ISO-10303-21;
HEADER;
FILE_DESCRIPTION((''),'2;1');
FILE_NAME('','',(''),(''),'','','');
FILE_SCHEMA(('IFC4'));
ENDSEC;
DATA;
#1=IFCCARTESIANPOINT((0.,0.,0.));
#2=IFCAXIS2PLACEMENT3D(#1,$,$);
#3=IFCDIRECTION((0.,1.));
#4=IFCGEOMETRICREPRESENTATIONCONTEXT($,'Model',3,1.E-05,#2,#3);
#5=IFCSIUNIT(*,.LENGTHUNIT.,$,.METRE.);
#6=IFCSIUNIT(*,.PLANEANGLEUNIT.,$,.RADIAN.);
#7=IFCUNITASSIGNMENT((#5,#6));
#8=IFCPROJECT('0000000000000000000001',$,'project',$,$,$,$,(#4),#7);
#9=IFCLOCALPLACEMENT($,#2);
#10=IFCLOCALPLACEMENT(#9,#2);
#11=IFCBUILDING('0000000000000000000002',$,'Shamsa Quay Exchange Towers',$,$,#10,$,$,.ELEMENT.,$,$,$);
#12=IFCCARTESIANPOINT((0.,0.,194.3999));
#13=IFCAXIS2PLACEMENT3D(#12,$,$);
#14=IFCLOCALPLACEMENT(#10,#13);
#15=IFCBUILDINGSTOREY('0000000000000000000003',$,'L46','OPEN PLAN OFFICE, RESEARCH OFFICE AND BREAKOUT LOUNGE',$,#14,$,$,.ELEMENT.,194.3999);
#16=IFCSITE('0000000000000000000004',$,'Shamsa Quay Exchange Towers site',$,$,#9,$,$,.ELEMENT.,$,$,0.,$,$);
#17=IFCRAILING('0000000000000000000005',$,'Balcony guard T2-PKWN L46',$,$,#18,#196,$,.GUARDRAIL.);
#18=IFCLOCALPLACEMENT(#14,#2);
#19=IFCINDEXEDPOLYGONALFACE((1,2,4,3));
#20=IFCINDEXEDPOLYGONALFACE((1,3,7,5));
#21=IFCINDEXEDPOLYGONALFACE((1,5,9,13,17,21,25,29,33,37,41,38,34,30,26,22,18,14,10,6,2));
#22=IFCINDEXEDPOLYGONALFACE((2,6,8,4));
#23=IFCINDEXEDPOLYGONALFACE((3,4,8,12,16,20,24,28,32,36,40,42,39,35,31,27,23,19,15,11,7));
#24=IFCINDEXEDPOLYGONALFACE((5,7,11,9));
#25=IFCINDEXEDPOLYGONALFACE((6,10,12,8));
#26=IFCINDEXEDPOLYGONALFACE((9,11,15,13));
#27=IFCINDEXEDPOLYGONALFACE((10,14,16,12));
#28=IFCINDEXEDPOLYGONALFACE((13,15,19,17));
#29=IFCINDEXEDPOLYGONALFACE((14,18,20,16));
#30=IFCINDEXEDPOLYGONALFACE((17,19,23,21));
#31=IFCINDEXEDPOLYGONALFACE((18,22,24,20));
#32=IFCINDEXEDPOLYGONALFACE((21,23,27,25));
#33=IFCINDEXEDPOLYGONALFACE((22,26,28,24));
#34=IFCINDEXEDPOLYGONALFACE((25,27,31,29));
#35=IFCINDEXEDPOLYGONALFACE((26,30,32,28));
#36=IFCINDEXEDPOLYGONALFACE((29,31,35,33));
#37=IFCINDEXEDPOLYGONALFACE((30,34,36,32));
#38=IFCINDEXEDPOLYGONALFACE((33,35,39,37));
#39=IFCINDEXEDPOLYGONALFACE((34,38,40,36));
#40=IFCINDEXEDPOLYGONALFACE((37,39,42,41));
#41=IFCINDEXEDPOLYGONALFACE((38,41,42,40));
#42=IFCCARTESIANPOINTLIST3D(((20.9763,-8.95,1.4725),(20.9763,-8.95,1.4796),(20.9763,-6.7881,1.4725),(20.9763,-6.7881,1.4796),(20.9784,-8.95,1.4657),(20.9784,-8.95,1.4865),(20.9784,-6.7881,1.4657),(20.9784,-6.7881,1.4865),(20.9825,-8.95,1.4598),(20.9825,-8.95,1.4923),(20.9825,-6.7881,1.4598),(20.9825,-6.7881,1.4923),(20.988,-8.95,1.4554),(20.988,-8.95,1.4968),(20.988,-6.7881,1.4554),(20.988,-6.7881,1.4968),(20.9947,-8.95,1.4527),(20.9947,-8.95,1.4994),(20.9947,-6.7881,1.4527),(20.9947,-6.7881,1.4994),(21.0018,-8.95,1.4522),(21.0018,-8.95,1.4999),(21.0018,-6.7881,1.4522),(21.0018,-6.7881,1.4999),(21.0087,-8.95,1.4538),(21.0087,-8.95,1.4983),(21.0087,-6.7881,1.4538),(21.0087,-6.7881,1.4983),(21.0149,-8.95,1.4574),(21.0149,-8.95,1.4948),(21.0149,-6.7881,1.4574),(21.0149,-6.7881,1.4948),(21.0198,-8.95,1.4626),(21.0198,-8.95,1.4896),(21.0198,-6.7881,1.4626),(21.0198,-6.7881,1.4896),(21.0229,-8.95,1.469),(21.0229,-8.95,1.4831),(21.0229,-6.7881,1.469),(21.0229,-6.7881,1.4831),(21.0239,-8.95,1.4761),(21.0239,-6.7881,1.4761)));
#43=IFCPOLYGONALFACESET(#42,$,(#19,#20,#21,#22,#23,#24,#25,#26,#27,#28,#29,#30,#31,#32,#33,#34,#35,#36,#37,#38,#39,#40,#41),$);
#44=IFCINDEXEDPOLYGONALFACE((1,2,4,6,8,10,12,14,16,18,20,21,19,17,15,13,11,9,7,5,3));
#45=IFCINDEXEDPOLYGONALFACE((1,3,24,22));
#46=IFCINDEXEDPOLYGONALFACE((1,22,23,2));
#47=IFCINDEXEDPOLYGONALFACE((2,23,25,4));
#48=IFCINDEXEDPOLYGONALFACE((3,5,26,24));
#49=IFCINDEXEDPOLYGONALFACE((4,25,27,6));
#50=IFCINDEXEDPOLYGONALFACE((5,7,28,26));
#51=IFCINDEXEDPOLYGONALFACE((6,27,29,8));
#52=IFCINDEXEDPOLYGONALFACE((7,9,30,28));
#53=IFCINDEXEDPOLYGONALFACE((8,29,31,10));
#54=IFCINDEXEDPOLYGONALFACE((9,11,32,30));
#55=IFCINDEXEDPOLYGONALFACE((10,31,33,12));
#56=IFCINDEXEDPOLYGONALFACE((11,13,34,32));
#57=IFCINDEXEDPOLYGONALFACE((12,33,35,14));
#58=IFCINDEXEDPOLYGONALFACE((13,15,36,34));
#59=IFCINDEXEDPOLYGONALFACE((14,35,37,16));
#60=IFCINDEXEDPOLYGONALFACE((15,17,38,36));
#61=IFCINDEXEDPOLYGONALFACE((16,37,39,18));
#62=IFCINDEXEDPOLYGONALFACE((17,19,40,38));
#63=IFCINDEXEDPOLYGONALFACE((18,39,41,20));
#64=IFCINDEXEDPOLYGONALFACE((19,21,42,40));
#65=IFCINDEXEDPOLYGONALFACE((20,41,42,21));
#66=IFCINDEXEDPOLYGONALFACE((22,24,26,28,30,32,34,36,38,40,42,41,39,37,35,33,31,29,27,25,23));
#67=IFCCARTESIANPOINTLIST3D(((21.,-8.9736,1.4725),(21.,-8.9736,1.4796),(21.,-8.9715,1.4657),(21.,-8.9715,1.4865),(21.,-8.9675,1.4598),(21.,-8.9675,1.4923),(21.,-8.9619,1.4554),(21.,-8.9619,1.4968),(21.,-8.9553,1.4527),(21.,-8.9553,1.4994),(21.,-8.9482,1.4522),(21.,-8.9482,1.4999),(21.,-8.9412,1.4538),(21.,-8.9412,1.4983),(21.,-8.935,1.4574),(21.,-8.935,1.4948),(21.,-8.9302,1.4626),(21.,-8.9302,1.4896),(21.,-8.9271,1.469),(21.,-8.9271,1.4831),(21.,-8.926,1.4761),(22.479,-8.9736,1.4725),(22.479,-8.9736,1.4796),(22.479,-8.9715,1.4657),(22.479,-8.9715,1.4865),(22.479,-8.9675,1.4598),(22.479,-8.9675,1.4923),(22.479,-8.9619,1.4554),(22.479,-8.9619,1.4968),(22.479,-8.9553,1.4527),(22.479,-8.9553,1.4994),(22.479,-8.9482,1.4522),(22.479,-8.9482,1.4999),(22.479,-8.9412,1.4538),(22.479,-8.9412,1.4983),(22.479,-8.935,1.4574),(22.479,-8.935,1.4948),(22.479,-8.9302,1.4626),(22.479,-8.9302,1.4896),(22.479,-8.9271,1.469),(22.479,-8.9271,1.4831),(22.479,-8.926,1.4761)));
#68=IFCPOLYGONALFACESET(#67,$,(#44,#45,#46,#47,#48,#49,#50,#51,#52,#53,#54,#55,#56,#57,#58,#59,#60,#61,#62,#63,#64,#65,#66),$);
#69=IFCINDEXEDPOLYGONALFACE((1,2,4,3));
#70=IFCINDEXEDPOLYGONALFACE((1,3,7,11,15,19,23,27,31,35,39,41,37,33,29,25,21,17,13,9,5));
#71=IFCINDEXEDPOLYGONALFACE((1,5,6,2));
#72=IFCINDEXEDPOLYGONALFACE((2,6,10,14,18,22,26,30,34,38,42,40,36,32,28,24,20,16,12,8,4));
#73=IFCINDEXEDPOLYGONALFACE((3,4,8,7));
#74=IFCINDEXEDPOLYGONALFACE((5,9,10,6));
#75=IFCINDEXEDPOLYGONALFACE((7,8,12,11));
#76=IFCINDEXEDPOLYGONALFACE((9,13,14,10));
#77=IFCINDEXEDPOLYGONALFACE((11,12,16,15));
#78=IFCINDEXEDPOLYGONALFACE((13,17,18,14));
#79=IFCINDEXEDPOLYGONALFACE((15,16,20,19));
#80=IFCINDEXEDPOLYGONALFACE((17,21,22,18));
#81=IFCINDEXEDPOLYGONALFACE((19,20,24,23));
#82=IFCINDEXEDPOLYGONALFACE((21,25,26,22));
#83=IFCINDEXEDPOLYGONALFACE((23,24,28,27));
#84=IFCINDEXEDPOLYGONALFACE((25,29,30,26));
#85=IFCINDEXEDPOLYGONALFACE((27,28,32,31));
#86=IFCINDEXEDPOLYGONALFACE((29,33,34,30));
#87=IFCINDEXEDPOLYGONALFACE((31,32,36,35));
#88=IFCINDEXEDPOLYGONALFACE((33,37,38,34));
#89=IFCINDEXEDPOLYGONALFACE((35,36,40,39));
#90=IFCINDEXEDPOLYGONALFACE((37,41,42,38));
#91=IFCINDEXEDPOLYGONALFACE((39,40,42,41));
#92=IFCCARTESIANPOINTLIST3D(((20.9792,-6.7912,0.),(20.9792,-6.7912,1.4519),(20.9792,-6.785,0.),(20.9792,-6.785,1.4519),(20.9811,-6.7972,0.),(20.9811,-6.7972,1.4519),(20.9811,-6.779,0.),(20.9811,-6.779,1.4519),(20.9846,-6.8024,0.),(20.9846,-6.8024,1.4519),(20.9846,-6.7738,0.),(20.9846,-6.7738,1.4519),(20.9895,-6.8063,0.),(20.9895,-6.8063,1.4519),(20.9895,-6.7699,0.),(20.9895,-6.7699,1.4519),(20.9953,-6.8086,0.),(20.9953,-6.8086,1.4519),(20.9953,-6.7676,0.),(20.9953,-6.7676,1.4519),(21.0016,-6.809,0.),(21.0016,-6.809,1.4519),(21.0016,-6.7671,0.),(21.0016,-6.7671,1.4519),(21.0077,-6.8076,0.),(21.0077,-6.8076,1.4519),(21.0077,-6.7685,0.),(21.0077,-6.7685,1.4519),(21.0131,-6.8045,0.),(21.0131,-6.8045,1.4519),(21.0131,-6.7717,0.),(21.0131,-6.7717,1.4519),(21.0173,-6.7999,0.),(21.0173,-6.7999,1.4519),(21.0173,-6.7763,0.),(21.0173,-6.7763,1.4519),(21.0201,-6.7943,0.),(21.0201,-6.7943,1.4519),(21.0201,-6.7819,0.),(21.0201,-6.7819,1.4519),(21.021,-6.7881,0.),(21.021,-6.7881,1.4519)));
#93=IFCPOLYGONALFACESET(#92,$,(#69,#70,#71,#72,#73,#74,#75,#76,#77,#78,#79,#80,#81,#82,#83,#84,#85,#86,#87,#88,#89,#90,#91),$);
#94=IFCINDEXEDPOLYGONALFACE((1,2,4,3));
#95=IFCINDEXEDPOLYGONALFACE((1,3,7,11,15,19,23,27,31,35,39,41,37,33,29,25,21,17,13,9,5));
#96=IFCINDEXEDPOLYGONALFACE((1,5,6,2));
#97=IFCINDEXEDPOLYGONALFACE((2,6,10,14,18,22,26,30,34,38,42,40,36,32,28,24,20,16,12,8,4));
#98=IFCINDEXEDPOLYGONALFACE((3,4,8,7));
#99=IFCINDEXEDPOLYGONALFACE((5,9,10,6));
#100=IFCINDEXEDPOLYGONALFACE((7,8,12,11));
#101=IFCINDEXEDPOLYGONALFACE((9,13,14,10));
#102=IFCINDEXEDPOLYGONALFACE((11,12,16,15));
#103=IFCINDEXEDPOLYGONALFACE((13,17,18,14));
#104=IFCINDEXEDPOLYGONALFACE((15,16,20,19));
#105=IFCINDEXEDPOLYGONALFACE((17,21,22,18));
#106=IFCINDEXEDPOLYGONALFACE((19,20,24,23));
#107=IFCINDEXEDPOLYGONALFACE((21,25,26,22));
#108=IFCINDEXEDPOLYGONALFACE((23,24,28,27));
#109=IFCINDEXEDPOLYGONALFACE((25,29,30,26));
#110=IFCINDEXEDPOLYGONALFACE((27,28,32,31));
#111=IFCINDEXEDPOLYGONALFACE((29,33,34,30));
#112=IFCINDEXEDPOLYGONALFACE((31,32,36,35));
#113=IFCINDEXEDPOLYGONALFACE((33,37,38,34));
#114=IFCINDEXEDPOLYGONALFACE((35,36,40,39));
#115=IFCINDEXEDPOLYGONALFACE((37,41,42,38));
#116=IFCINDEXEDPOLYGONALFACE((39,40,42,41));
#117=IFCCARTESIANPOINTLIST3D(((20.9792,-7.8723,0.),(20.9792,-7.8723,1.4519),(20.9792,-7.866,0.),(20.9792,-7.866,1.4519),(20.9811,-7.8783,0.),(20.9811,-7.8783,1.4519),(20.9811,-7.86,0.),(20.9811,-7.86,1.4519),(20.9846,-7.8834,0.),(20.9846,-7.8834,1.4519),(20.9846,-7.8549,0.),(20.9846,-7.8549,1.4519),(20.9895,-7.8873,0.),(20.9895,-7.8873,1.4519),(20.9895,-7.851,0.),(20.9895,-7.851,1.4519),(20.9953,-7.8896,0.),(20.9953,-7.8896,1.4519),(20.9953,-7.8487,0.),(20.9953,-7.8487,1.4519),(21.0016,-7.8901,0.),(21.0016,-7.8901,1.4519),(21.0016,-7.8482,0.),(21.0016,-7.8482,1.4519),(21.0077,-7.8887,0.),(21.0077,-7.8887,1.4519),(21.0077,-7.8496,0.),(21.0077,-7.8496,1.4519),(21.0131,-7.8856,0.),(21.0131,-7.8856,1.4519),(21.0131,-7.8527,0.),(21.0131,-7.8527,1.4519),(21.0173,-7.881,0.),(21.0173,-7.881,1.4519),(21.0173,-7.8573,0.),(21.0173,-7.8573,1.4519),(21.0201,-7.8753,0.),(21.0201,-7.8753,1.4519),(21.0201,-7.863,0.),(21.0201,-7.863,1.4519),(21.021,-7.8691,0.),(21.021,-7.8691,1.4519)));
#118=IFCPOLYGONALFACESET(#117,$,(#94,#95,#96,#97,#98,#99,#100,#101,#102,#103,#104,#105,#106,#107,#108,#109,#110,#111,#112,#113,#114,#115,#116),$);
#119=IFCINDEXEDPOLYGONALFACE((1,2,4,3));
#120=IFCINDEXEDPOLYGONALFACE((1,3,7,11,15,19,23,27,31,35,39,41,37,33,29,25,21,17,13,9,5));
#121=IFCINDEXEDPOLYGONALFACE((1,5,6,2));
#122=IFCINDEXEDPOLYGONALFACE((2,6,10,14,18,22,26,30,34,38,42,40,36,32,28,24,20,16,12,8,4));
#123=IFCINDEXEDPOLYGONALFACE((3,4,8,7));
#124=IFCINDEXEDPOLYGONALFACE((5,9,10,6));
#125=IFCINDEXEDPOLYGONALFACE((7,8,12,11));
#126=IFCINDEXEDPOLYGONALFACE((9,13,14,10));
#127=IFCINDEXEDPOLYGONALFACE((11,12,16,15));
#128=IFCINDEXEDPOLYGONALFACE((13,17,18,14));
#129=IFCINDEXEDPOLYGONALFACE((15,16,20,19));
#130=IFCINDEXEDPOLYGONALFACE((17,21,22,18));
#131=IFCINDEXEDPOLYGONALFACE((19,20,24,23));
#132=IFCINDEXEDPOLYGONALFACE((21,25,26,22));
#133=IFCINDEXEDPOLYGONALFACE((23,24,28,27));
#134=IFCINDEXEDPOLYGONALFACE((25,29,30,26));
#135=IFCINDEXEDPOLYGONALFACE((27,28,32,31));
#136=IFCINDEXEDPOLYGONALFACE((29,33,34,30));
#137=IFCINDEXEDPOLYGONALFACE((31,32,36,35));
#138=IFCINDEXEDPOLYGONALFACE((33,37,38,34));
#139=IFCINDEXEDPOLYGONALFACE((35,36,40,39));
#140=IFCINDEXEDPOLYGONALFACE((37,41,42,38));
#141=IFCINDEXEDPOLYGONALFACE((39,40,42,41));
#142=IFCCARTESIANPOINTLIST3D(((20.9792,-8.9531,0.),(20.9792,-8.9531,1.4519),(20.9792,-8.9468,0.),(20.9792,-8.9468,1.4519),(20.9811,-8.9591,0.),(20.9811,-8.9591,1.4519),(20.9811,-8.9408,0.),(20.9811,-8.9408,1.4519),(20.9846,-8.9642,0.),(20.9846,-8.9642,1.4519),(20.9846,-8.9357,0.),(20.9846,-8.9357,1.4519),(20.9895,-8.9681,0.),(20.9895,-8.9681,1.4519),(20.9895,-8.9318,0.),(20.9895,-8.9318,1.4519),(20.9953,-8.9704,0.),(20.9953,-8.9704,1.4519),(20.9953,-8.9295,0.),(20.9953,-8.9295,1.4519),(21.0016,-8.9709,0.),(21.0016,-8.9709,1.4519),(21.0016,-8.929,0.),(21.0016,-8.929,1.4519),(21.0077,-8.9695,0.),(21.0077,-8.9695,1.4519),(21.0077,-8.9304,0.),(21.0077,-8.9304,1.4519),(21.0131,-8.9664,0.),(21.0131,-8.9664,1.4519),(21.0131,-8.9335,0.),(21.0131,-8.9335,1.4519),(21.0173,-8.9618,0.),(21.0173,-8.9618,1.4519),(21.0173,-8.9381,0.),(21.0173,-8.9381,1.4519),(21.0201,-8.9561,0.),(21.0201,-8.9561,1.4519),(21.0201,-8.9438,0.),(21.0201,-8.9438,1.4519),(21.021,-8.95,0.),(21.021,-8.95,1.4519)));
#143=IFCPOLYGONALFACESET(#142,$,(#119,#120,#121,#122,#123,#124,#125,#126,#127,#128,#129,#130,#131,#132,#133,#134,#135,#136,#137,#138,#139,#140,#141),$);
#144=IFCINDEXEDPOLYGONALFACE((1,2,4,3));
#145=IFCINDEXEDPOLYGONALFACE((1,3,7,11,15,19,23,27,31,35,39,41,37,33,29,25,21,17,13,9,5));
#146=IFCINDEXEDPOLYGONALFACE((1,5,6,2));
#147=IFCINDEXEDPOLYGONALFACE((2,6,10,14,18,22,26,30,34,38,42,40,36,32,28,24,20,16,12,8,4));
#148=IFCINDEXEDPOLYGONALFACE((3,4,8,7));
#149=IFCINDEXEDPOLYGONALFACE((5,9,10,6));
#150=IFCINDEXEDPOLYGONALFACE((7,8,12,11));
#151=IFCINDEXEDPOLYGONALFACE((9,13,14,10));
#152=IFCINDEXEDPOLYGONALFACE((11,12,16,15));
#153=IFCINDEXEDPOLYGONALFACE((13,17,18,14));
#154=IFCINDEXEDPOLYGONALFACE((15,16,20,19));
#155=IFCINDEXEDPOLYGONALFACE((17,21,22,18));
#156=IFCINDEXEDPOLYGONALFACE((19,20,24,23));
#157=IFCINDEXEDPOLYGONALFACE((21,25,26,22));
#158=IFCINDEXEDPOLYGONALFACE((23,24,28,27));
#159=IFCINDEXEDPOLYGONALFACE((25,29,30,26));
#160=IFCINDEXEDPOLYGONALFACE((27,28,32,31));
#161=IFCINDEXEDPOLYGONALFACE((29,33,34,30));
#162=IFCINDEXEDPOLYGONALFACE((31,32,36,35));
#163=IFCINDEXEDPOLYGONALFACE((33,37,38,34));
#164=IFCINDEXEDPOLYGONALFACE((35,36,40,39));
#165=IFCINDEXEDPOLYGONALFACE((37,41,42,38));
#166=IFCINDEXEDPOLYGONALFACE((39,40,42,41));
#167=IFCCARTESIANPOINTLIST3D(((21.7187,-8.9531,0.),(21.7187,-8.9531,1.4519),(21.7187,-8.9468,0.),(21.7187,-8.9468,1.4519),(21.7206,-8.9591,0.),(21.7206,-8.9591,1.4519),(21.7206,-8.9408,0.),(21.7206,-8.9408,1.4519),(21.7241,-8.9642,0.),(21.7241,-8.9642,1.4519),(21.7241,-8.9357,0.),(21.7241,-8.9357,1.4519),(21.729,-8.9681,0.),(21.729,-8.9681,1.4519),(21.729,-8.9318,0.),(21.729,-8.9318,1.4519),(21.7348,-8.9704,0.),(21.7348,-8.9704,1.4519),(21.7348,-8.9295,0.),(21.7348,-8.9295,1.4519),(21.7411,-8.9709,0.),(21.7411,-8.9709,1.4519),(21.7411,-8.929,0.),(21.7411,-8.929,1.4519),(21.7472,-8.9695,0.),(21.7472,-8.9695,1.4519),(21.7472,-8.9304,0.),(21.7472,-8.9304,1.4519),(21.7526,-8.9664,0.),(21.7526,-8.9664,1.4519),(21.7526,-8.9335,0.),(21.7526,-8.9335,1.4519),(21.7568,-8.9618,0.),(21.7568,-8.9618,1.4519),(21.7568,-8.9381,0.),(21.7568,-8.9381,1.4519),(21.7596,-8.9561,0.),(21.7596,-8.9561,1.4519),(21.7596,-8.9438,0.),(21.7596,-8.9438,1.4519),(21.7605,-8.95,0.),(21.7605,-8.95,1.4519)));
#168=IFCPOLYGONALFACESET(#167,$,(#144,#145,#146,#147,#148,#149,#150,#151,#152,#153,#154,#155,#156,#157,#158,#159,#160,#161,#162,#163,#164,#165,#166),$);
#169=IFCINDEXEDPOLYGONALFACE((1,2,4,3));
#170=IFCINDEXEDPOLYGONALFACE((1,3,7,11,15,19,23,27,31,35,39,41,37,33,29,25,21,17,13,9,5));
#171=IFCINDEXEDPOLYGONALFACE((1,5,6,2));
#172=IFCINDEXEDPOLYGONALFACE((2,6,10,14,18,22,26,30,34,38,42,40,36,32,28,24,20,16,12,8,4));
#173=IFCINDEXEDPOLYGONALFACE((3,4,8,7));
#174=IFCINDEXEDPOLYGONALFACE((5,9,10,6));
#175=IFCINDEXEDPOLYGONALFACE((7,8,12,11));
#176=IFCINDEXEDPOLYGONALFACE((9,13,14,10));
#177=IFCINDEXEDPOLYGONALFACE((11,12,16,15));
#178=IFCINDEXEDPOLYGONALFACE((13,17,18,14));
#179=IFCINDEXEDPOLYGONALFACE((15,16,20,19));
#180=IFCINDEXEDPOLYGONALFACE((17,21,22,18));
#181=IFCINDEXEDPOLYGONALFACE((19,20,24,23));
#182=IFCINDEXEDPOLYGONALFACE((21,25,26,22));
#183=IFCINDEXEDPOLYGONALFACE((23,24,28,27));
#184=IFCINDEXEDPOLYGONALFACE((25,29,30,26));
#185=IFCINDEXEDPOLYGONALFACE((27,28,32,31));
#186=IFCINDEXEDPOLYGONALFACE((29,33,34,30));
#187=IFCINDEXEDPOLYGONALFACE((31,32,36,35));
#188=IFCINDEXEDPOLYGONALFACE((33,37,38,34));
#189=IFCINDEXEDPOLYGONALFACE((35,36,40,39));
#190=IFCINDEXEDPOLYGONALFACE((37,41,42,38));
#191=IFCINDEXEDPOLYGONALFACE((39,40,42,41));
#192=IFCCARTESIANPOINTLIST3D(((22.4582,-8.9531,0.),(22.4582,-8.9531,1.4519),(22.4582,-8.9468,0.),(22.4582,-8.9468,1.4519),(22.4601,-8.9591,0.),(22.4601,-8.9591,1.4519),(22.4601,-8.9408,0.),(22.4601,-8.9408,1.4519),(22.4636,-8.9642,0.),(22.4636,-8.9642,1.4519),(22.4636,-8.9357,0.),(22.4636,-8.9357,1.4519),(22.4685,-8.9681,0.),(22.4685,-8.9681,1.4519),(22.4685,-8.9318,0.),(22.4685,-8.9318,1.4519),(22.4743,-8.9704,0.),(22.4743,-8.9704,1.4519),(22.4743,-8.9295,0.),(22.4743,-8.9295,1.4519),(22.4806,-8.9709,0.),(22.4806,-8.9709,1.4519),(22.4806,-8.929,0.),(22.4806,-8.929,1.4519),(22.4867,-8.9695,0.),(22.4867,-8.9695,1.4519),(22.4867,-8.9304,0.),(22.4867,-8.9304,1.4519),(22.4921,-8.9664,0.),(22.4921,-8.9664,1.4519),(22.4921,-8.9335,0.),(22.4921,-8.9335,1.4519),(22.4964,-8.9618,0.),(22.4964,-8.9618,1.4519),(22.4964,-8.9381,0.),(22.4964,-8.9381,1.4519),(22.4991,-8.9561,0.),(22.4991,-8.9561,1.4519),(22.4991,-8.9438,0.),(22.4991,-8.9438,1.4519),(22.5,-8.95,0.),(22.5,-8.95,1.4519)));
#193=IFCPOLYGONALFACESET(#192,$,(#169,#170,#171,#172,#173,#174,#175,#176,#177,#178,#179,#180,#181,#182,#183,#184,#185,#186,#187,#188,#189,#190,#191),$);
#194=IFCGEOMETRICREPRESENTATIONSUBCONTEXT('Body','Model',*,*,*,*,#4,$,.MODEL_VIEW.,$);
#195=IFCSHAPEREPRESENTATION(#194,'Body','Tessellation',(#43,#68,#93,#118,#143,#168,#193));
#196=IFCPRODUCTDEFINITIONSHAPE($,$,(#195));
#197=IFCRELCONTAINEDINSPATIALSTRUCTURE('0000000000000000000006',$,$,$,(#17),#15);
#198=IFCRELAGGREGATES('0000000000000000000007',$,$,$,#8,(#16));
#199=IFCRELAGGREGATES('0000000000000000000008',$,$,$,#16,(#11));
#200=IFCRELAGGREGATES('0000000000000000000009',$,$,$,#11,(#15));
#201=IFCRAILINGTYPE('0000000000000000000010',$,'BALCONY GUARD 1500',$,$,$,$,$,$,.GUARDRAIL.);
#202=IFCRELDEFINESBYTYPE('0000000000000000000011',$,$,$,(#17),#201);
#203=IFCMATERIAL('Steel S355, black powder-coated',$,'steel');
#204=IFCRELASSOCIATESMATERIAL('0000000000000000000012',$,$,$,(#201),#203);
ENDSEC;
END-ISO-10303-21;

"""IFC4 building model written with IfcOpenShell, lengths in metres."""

from ifc_helpers import new_model, si_unit, direction, frame, origin, origin_2d, place, context, subcontext, project, spatial, circle, extrude, material, type_object, element, save


model = new_model("IFC4")

# Units and contexts
model_context = context("Model", 3, precision=1e-05, world=origin(), true_north=direction((0.0, 1.0)))
body_context = subcontext(model_context, "Body", "Model", "MODEL_VIEW")
ifc_project = project(units=[si_unit("LENGTHUNIT", "METRE"), si_unit("PLANEANGLEUNIT", "RADIAN")], contexts=[model_context])

# Site, building, storey
site_placement = place(None, origin())
site = spatial("IfcSite", under=ifc_project, at=site_placement, Name="Shamsa Quay Exchange Towers site", CompositionType="ELEMENT", RefElevation=0.0)
building_placement = place(site_placement, origin())
building = spatial("IfcBuilding", under=site, at=building_placement, Name="Shamsa Quay Exchange Towers", CompositionType="ELEMENT")
storey_placement = place(building_placement, frame((0.0, 0.0, 194.3999)))
storey = spatial("IfcBuildingStorey", under=building, at=storey_placement, Name="L46", Description="OPEN PLAN OFFICE, RESEARCH OFFICE AND BREAKOUT LOUNGE", CompositionType="ELEMENT", Elevation=194.3999)

# Railing
ifc_material_1 = material(Name="Steel S355, black powder-coated", Category="steel")
railing_type = type_object("IfcRailingType", Name="BALCONY GUARD 1500", PredefinedType="GUARDRAIL", material=ifc_material_1)
for number, where, name in (
    (1, (21.0, -6.7881, 0.0), "Balcony guard T2-PKWN L46"),
):
    element("IfcRailing", number, at=place(storey_placement, frame(where)), inside=storey, type_object=railing_type, Name=name, PredefinedType="GUARDRAIL", context=body_context, shape_type="SweptSolid", body=[
        extrude(circle(Radius=0.0239, at=origin_2d()), frame((0.0, 0.0, 1.4761), z_axis=(0.0, -1.0, 0.0), x_axis=(1.0, 0.0, 0.0)), (0.0, 0.0, 1.0), 2.1619),
        extrude(circle(Radius=0.0239, at=origin_2d()), frame((0.0, -2.1619, 1.4761), z_axis=(1.0, 0.0, 0.0), x_axis=(0.0, 1.0, 0.0)), (0.0, 0.0, 1.0), 1.479),
        extrude(circle(Radius=0.021, at=origin_2d()), origin(), (0.0, 0.0, 1.0), 1.4519),
        extrude(circle(Radius=0.021, at=origin_2d()), frame((0.0, -1.0811, 0.0)), (0.0, 0.0, 1.0), 1.4519),
        extrude(circle(Radius=0.021, at=origin_2d()), frame((0.0, -2.1619, 0.0)), (0.0, 0.0, 1.0), 1.4519),
        extrude(circle(Radius=0.021, at=origin_2d()), frame((0.7395, -2.1619, 0.0)), (0.0, 0.0, 1.0), 1.4519),
        extrude(circle(Radius=0.021, at=origin_2d()), frame((1.479, -2.1619, 0.0)), (0.0, 0.0, 1.0), 1.4519),
    ])

save(model, "model.ifc")
